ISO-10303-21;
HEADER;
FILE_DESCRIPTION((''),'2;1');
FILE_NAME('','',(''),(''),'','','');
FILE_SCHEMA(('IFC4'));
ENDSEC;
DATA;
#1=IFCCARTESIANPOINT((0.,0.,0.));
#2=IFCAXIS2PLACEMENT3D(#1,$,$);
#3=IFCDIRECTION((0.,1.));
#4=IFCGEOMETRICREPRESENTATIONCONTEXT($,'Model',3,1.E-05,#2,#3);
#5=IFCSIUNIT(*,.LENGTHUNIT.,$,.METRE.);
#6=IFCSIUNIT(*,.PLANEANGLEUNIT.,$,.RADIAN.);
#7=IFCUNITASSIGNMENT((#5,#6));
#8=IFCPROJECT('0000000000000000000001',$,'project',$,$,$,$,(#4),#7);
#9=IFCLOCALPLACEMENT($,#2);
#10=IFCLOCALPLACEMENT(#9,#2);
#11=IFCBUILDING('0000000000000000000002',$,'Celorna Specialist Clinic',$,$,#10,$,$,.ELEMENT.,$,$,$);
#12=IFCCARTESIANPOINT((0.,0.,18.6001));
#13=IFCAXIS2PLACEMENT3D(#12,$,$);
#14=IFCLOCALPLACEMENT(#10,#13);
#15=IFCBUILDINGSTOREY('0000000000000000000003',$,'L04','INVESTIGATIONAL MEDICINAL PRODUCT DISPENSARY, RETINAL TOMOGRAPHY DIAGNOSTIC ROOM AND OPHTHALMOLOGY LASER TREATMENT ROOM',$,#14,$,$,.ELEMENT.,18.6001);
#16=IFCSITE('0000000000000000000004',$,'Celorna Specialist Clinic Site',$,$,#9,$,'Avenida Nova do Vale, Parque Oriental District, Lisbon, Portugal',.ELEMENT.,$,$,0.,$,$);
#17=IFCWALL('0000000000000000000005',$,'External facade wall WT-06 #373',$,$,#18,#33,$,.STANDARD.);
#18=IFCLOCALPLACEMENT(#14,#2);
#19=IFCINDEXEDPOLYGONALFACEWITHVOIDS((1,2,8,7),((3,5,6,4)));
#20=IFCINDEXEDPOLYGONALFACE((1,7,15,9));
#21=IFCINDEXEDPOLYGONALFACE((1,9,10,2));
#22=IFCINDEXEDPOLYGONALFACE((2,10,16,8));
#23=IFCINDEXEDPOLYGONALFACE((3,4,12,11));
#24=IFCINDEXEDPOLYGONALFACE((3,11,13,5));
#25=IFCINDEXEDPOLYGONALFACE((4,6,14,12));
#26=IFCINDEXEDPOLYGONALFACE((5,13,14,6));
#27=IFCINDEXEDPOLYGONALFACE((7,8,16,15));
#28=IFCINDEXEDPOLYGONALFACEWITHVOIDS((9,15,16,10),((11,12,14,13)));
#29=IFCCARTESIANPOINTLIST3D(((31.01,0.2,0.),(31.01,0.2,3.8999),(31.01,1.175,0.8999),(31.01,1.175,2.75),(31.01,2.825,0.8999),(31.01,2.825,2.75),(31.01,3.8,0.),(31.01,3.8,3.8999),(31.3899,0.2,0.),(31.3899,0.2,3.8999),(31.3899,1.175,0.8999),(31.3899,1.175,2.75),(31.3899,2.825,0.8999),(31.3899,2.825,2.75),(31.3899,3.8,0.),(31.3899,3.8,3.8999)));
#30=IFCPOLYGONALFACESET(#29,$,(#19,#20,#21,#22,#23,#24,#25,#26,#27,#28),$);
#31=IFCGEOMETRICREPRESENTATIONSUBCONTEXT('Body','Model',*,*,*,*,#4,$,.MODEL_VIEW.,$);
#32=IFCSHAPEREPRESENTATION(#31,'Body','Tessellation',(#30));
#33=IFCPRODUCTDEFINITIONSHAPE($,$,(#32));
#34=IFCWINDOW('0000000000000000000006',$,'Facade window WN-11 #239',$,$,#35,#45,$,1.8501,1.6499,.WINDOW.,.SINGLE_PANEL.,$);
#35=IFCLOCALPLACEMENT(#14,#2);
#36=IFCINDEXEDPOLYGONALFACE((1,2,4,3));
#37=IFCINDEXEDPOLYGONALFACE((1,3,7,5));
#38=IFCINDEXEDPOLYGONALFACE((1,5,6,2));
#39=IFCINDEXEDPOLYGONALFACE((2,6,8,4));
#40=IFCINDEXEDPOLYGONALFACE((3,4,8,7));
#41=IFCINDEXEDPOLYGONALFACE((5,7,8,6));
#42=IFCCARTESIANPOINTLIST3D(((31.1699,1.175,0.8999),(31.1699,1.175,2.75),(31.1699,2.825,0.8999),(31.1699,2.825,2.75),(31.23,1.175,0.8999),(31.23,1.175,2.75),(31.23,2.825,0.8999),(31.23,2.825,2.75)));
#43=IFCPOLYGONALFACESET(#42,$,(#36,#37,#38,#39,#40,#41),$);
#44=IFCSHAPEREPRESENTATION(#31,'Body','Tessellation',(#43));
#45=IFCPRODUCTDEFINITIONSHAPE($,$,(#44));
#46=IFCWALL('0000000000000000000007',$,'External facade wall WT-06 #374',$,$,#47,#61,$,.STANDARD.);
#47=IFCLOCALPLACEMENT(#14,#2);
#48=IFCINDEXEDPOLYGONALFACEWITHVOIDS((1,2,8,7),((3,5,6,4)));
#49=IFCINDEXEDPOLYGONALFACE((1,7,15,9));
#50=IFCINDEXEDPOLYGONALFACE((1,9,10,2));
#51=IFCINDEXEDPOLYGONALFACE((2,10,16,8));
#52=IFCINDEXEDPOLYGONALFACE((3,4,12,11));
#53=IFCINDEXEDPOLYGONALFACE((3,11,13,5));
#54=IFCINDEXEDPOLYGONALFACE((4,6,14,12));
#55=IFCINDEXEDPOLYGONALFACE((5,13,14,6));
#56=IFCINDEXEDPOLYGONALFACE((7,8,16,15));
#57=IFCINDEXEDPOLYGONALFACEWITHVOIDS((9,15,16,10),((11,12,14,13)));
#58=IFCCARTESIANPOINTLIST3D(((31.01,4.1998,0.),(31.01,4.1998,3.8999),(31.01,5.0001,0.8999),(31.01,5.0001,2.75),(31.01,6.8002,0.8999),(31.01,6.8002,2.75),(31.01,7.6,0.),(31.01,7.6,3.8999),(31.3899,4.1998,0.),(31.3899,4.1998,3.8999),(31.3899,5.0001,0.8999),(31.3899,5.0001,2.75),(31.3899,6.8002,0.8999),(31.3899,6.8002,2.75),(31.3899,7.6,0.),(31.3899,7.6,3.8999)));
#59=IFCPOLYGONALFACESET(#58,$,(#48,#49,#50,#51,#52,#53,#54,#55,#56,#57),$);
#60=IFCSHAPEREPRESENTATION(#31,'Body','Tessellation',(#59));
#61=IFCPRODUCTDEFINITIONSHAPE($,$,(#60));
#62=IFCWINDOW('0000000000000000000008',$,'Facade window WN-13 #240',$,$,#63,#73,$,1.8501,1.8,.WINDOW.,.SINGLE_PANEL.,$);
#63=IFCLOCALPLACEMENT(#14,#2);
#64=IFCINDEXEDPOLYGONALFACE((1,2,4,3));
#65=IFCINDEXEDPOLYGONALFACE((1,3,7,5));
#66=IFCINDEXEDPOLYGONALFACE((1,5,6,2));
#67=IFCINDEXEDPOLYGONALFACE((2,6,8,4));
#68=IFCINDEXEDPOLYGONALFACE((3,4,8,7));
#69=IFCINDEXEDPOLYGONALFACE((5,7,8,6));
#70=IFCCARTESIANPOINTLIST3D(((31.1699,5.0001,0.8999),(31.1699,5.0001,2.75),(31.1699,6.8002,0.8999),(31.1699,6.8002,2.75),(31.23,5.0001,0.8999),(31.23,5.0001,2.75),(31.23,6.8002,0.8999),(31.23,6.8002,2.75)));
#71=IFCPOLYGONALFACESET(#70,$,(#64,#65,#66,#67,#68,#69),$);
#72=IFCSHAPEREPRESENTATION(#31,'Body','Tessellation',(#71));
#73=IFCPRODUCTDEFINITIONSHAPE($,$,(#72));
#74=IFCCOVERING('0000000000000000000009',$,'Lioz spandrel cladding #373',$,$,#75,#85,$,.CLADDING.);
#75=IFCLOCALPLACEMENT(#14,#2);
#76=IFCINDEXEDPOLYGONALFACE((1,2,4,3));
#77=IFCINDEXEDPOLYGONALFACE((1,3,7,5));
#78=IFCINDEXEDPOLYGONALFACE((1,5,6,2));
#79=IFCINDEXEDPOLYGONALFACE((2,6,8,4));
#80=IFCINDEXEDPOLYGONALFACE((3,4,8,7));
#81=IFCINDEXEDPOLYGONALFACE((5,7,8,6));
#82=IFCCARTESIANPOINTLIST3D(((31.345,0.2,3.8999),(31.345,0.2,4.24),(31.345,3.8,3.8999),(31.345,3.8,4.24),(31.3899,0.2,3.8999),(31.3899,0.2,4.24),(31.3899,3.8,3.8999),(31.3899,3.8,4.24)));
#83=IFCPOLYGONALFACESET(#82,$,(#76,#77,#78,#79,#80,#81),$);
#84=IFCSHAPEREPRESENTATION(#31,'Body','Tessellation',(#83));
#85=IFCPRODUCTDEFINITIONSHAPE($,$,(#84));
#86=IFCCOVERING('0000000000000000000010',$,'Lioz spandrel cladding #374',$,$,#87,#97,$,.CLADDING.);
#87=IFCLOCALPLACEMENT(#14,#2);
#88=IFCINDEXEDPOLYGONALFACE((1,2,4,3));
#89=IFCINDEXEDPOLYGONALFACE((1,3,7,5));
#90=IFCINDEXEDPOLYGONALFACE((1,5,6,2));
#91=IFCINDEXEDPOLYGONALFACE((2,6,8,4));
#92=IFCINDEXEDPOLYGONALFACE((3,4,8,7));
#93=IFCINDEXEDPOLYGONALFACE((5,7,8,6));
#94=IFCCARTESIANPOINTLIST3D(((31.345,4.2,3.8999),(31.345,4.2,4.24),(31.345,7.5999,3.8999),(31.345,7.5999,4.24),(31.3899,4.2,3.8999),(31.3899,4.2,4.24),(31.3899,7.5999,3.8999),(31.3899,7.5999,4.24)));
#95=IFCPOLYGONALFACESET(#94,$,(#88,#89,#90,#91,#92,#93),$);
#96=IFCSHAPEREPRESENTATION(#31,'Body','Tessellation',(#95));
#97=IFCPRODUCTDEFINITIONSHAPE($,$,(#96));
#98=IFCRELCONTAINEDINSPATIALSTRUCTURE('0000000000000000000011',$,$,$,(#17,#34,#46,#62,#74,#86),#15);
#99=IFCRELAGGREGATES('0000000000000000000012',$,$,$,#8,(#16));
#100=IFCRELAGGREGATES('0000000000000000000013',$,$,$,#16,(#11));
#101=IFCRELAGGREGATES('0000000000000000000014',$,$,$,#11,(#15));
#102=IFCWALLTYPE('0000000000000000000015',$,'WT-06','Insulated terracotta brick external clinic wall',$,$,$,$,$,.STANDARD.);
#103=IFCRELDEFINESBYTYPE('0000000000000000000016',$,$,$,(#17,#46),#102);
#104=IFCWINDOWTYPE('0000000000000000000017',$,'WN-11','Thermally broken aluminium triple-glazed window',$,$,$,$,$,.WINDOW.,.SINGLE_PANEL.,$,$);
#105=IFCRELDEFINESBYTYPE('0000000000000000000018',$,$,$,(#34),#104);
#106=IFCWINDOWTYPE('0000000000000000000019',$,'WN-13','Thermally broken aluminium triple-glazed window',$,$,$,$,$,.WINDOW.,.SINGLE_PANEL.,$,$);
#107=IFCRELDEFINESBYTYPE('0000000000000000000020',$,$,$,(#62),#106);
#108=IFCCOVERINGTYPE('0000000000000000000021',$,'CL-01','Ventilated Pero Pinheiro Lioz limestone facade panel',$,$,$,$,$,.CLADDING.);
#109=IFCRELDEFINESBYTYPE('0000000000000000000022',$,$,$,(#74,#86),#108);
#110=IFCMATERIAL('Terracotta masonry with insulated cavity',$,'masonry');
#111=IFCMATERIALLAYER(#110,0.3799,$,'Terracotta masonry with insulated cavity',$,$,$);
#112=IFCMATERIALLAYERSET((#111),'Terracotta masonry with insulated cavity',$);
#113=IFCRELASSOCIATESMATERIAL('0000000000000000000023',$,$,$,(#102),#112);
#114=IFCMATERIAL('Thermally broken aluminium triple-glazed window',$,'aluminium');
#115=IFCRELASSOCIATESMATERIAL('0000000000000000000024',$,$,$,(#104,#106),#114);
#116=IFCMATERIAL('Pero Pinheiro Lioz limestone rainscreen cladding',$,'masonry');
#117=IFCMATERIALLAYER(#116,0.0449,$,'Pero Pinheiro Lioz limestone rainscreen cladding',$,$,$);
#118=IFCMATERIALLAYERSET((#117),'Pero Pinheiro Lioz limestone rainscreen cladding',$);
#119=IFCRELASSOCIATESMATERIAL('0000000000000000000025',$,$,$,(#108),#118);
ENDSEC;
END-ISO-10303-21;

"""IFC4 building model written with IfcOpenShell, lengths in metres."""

from ifc_helpers import new_model, si_unit, direction, frame, frame_2d, origin, origin_2d, place, context, subcontext, project, spatial, rectangle, extrude, material, layer, layer_set, type_object, element, fill, save


model = new_model("IFC4")

# Units and contexts
model_context = context("Model", 3, precision=1e-05, world=origin(), true_north=direction((0.0, 1.0)))
body_context = subcontext(model_context, "Body", "Model", "MODEL_VIEW")
ifc_project = project(units=[si_unit("LENGTHUNIT", "METRE"), si_unit("PLANEANGLEUNIT", "RADIAN")], contexts=[model_context])

# Site, building, storey
site_placement = place(None, origin())
site = spatial("IfcSite", under=ifc_project, at=site_placement, Name="Celorna Specialist Clinic Site", LongName="Avenida Nova do Vale, Parque Oriental District, Lisbon, Portugal", CompositionType="ELEMENT", RefElevation=0.0)
building_placement = place(site_placement, origin())
building = spatial("IfcBuilding", under=site, at=building_placement, Name="Celorna Specialist Clinic", CompositionType="ELEMENT")
storey_placement = place(building_placement, frame((0.0, 0.0, 18.6001)))
storey = spatial("IfcBuildingStorey", under=building, at=storey_placement, Name="L04", Description="INVESTIGATIONAL MEDICINAL PRODUCT DISPENSARY, RETINAL TOMOGRAPHY DIAGNOSTIC ROOM AND OPHTHALMOLOGY LASER TREATMENT ROOM", CompositionType="ELEMENT", Elevation=18.6001)

# Walls, openings, windows
ifc_material_1 = material(Name="Terracotta masonry with insulated cavity", Category="masonry")
ifc_layer_1 = layer(ifc_material_1, 0.3799, Name="Terracotta masonry with insulated cavity")
ifc_layer_set_1 = layer_set([ifc_layer_1], Name="Terracotta masonry with insulated cavity")
wall_type = type_object("IfcWallType", Name="WT-06", Description="Insulated terracotta brick external clinic wall", PredefinedType="STANDARD", material=ifc_layer_set_1)
ifc_material_2 = material(Name="Thermally broken aluminium triple-glazed window", Category="aluminium")
wall_1_placement = place(storey_placement, frame((31.2, 3.8, 0.0), z_axis=(0.0, 0.0, 1.0), x_axis=(0.0, -1.0, 0.0)))
wall_1 = element("IfcWall", 1, at=wall_1_placement, inside=storey, type_object=wall_type, Name="External facade wall WT-06 #373", PredefinedType="STANDARD", context=body_context, shape_type="SweptSolid", body=[
    extrude(rectangle(XDim=3.6001, YDim=0.3799, at=frame_2d((1.8, 0.0))), origin(), (0.0, 0.0, 1.0), 3.8999),
])
opening_1_placement = place(wall_1_placement, frame((0.9751, 0.0, 0.8999)))
opening_1 = element("IfcOpeningElement", 2, at=opening_1_placement, cuts=wall_1, PredefinedType="OPENING", context=body_context, shape_type="SweptSolid", body=[
    extrude(rectangle(XDim=1.6499, YDim=1.8501, at=frame_2d((0.825, 0.925))), frame((0.0, 0.2, 0.0), z_axis=(0.0, -1.0, 0.0), x_axis=(1.0, 0.0, 0.0)), (0.0, 0.0, 1.0), 0.3999),
])
window_type_1 = type_object("IfcWindowType", Name="WN-11", Description="Thermally broken aluminium triple-glazed window", PartitioningType="SINGLE_PANEL", PredefinedType="WINDOW", material=ifc_material_2)
window_1_placement = place(opening_1_placement, origin())
window_1 = element("IfcWindow", 3, at=window_1_placement, inside=storey, type_object=window_type_1, Name="Facade window WN-11 #239", OverallHeight=1.8501, OverallWidth=1.6499, PartitioningType="SINGLE_PANEL", PredefinedType="WINDOW", context=body_context, shape_type="SweptSolid", body=[
    extrude(rectangle(XDim=1.6499, YDim=1.8501, at=frame_2d((0.825, 0.925))), frame((0.0, 0.03, 0.0), z_axis=(0.0, -1.0, 0.0), x_axis=(1.0, 0.0, 0.0)), (0.0, 0.0, 1.0), 0.0601),
])
fill(opening_1, window_1)
wall_2_placement = place(storey_placement, frame((31.2, 7.6001, 0.0), z_axis=(0.0, 0.0, 1.0), x_axis=(0.0, -1.0, 0.0)))
wall_2 = element("IfcWall", 4, at=wall_2_placement, inside=storey, type_object=wall_type, Name="External facade wall WT-06 #374", PredefinedType="STANDARD", context=body_context, shape_type="SweptSolid", body=[
    extrude(rectangle(XDim=3.4001, YDim=0.3799, at=frame_2d((1.7002, 0.0))), origin(), (0.0, 0.0, 1.0), 3.8999),
])
opening_2_placement = place(wall_2_placement, frame((0.8, 0.0, 0.8999)))
opening_2 = element("IfcOpeningElement", 5, at=opening_2_placement, cuts=wall_2, PredefinedType="OPENING", context=body_context, shape_type="SweptSolid", body=[
    extrude(rectangle(XDim=1.8, YDim=1.8501, at=frame_2d((0.8999, 0.925))), frame((0.0, 0.2, 0.0), z_axis=(0.0, -1.0, 0.0), x_axis=(1.0, 0.0, 0.0)), (0.0, 0.0, 1.0), 0.3999),
])
window_type_2 = type_object("IfcWindowType", Name="WN-13", Description="Thermally broken aluminium triple-glazed window", PartitioningType="SINGLE_PANEL", PredefinedType="WINDOW", material=ifc_material_2)
window_2_placement = place(opening_2_placement, origin())
window_2 = element("IfcWindow", 6, at=window_2_placement, inside=storey, type_object=window_type_2, Name="Facade window WN-13 #240", OverallHeight=1.8501, OverallWidth=1.8, PartitioningType="SINGLE_PANEL", PredefinedType="WINDOW", context=body_context, shape_type="SweptSolid", body=[
    extrude(rectangle(XDim=1.8, YDim=1.8501, at=frame_2d((0.8999, 0.925))), frame((0.0, 0.03, 0.0), z_axis=(0.0, -1.0, 0.0), x_axis=(1.0, 0.0, 0.0)), (0.0, 0.0, 1.0), 0.0601),
])
fill(opening_2, window_2)

# Coverings
ifc_material_3 = material(Name="Pero Pinheiro Lioz limestone rainscreen cladding", Category="masonry")
ifc_layer_2 = layer(ifc_material_3, 0.0449, Name="Pero Pinheiro Lioz limestone rainscreen cladding")
ifc_layer_set_2 = layer_set([ifc_layer_2], Name="Pero Pinheiro Lioz limestone rainscreen cladding")
covering_type = type_object("IfcCoveringType", Name="CL-01", Description="Ventilated Pero Pinheiro Lioz limestone facade panel", PredefinedType="CLADDING", material=ifc_layer_set_2)
covering_1_placement = place(storey_placement, frame((31.3674, 2.0, 3.8999), z_axis=(0.0, 0.0, 1.0), x_axis=(0.0, -1.0, 0.0)))
element("IfcCovering", 7, at=covering_1_placement, inside=storey, type_object=covering_type, Name="Lioz spandrel cladding #373", PredefinedType="CLADDING", context=body_context, shape_type="SweptSolid", body=[
    extrude(rectangle(XDim=3.6001, YDim=0.0449, at=origin_2d()), origin(), (0.0, 0.0, 1.0), 0.3401),
])
covering_2_placement = place(storey_placement, frame((31.3674, 5.8999, 3.8999), z_axis=(0.0, 0.0, 1.0), x_axis=(0.0, -1.0, 0.0)))
element("IfcCovering", 8, at=covering_2_placement, inside=storey, type_object=covering_type, Name="Lioz spandrel cladding #374", PredefinedType="CLADDING", context=body_context, shape_type="SweptSolid", body=[
    extrude(rectangle(XDim=3.3999, YDim=0.0449, at=origin_2d()), origin(), (0.0, 0.0, 1.0), 0.3401),
])

save(model, "model.ifc")
